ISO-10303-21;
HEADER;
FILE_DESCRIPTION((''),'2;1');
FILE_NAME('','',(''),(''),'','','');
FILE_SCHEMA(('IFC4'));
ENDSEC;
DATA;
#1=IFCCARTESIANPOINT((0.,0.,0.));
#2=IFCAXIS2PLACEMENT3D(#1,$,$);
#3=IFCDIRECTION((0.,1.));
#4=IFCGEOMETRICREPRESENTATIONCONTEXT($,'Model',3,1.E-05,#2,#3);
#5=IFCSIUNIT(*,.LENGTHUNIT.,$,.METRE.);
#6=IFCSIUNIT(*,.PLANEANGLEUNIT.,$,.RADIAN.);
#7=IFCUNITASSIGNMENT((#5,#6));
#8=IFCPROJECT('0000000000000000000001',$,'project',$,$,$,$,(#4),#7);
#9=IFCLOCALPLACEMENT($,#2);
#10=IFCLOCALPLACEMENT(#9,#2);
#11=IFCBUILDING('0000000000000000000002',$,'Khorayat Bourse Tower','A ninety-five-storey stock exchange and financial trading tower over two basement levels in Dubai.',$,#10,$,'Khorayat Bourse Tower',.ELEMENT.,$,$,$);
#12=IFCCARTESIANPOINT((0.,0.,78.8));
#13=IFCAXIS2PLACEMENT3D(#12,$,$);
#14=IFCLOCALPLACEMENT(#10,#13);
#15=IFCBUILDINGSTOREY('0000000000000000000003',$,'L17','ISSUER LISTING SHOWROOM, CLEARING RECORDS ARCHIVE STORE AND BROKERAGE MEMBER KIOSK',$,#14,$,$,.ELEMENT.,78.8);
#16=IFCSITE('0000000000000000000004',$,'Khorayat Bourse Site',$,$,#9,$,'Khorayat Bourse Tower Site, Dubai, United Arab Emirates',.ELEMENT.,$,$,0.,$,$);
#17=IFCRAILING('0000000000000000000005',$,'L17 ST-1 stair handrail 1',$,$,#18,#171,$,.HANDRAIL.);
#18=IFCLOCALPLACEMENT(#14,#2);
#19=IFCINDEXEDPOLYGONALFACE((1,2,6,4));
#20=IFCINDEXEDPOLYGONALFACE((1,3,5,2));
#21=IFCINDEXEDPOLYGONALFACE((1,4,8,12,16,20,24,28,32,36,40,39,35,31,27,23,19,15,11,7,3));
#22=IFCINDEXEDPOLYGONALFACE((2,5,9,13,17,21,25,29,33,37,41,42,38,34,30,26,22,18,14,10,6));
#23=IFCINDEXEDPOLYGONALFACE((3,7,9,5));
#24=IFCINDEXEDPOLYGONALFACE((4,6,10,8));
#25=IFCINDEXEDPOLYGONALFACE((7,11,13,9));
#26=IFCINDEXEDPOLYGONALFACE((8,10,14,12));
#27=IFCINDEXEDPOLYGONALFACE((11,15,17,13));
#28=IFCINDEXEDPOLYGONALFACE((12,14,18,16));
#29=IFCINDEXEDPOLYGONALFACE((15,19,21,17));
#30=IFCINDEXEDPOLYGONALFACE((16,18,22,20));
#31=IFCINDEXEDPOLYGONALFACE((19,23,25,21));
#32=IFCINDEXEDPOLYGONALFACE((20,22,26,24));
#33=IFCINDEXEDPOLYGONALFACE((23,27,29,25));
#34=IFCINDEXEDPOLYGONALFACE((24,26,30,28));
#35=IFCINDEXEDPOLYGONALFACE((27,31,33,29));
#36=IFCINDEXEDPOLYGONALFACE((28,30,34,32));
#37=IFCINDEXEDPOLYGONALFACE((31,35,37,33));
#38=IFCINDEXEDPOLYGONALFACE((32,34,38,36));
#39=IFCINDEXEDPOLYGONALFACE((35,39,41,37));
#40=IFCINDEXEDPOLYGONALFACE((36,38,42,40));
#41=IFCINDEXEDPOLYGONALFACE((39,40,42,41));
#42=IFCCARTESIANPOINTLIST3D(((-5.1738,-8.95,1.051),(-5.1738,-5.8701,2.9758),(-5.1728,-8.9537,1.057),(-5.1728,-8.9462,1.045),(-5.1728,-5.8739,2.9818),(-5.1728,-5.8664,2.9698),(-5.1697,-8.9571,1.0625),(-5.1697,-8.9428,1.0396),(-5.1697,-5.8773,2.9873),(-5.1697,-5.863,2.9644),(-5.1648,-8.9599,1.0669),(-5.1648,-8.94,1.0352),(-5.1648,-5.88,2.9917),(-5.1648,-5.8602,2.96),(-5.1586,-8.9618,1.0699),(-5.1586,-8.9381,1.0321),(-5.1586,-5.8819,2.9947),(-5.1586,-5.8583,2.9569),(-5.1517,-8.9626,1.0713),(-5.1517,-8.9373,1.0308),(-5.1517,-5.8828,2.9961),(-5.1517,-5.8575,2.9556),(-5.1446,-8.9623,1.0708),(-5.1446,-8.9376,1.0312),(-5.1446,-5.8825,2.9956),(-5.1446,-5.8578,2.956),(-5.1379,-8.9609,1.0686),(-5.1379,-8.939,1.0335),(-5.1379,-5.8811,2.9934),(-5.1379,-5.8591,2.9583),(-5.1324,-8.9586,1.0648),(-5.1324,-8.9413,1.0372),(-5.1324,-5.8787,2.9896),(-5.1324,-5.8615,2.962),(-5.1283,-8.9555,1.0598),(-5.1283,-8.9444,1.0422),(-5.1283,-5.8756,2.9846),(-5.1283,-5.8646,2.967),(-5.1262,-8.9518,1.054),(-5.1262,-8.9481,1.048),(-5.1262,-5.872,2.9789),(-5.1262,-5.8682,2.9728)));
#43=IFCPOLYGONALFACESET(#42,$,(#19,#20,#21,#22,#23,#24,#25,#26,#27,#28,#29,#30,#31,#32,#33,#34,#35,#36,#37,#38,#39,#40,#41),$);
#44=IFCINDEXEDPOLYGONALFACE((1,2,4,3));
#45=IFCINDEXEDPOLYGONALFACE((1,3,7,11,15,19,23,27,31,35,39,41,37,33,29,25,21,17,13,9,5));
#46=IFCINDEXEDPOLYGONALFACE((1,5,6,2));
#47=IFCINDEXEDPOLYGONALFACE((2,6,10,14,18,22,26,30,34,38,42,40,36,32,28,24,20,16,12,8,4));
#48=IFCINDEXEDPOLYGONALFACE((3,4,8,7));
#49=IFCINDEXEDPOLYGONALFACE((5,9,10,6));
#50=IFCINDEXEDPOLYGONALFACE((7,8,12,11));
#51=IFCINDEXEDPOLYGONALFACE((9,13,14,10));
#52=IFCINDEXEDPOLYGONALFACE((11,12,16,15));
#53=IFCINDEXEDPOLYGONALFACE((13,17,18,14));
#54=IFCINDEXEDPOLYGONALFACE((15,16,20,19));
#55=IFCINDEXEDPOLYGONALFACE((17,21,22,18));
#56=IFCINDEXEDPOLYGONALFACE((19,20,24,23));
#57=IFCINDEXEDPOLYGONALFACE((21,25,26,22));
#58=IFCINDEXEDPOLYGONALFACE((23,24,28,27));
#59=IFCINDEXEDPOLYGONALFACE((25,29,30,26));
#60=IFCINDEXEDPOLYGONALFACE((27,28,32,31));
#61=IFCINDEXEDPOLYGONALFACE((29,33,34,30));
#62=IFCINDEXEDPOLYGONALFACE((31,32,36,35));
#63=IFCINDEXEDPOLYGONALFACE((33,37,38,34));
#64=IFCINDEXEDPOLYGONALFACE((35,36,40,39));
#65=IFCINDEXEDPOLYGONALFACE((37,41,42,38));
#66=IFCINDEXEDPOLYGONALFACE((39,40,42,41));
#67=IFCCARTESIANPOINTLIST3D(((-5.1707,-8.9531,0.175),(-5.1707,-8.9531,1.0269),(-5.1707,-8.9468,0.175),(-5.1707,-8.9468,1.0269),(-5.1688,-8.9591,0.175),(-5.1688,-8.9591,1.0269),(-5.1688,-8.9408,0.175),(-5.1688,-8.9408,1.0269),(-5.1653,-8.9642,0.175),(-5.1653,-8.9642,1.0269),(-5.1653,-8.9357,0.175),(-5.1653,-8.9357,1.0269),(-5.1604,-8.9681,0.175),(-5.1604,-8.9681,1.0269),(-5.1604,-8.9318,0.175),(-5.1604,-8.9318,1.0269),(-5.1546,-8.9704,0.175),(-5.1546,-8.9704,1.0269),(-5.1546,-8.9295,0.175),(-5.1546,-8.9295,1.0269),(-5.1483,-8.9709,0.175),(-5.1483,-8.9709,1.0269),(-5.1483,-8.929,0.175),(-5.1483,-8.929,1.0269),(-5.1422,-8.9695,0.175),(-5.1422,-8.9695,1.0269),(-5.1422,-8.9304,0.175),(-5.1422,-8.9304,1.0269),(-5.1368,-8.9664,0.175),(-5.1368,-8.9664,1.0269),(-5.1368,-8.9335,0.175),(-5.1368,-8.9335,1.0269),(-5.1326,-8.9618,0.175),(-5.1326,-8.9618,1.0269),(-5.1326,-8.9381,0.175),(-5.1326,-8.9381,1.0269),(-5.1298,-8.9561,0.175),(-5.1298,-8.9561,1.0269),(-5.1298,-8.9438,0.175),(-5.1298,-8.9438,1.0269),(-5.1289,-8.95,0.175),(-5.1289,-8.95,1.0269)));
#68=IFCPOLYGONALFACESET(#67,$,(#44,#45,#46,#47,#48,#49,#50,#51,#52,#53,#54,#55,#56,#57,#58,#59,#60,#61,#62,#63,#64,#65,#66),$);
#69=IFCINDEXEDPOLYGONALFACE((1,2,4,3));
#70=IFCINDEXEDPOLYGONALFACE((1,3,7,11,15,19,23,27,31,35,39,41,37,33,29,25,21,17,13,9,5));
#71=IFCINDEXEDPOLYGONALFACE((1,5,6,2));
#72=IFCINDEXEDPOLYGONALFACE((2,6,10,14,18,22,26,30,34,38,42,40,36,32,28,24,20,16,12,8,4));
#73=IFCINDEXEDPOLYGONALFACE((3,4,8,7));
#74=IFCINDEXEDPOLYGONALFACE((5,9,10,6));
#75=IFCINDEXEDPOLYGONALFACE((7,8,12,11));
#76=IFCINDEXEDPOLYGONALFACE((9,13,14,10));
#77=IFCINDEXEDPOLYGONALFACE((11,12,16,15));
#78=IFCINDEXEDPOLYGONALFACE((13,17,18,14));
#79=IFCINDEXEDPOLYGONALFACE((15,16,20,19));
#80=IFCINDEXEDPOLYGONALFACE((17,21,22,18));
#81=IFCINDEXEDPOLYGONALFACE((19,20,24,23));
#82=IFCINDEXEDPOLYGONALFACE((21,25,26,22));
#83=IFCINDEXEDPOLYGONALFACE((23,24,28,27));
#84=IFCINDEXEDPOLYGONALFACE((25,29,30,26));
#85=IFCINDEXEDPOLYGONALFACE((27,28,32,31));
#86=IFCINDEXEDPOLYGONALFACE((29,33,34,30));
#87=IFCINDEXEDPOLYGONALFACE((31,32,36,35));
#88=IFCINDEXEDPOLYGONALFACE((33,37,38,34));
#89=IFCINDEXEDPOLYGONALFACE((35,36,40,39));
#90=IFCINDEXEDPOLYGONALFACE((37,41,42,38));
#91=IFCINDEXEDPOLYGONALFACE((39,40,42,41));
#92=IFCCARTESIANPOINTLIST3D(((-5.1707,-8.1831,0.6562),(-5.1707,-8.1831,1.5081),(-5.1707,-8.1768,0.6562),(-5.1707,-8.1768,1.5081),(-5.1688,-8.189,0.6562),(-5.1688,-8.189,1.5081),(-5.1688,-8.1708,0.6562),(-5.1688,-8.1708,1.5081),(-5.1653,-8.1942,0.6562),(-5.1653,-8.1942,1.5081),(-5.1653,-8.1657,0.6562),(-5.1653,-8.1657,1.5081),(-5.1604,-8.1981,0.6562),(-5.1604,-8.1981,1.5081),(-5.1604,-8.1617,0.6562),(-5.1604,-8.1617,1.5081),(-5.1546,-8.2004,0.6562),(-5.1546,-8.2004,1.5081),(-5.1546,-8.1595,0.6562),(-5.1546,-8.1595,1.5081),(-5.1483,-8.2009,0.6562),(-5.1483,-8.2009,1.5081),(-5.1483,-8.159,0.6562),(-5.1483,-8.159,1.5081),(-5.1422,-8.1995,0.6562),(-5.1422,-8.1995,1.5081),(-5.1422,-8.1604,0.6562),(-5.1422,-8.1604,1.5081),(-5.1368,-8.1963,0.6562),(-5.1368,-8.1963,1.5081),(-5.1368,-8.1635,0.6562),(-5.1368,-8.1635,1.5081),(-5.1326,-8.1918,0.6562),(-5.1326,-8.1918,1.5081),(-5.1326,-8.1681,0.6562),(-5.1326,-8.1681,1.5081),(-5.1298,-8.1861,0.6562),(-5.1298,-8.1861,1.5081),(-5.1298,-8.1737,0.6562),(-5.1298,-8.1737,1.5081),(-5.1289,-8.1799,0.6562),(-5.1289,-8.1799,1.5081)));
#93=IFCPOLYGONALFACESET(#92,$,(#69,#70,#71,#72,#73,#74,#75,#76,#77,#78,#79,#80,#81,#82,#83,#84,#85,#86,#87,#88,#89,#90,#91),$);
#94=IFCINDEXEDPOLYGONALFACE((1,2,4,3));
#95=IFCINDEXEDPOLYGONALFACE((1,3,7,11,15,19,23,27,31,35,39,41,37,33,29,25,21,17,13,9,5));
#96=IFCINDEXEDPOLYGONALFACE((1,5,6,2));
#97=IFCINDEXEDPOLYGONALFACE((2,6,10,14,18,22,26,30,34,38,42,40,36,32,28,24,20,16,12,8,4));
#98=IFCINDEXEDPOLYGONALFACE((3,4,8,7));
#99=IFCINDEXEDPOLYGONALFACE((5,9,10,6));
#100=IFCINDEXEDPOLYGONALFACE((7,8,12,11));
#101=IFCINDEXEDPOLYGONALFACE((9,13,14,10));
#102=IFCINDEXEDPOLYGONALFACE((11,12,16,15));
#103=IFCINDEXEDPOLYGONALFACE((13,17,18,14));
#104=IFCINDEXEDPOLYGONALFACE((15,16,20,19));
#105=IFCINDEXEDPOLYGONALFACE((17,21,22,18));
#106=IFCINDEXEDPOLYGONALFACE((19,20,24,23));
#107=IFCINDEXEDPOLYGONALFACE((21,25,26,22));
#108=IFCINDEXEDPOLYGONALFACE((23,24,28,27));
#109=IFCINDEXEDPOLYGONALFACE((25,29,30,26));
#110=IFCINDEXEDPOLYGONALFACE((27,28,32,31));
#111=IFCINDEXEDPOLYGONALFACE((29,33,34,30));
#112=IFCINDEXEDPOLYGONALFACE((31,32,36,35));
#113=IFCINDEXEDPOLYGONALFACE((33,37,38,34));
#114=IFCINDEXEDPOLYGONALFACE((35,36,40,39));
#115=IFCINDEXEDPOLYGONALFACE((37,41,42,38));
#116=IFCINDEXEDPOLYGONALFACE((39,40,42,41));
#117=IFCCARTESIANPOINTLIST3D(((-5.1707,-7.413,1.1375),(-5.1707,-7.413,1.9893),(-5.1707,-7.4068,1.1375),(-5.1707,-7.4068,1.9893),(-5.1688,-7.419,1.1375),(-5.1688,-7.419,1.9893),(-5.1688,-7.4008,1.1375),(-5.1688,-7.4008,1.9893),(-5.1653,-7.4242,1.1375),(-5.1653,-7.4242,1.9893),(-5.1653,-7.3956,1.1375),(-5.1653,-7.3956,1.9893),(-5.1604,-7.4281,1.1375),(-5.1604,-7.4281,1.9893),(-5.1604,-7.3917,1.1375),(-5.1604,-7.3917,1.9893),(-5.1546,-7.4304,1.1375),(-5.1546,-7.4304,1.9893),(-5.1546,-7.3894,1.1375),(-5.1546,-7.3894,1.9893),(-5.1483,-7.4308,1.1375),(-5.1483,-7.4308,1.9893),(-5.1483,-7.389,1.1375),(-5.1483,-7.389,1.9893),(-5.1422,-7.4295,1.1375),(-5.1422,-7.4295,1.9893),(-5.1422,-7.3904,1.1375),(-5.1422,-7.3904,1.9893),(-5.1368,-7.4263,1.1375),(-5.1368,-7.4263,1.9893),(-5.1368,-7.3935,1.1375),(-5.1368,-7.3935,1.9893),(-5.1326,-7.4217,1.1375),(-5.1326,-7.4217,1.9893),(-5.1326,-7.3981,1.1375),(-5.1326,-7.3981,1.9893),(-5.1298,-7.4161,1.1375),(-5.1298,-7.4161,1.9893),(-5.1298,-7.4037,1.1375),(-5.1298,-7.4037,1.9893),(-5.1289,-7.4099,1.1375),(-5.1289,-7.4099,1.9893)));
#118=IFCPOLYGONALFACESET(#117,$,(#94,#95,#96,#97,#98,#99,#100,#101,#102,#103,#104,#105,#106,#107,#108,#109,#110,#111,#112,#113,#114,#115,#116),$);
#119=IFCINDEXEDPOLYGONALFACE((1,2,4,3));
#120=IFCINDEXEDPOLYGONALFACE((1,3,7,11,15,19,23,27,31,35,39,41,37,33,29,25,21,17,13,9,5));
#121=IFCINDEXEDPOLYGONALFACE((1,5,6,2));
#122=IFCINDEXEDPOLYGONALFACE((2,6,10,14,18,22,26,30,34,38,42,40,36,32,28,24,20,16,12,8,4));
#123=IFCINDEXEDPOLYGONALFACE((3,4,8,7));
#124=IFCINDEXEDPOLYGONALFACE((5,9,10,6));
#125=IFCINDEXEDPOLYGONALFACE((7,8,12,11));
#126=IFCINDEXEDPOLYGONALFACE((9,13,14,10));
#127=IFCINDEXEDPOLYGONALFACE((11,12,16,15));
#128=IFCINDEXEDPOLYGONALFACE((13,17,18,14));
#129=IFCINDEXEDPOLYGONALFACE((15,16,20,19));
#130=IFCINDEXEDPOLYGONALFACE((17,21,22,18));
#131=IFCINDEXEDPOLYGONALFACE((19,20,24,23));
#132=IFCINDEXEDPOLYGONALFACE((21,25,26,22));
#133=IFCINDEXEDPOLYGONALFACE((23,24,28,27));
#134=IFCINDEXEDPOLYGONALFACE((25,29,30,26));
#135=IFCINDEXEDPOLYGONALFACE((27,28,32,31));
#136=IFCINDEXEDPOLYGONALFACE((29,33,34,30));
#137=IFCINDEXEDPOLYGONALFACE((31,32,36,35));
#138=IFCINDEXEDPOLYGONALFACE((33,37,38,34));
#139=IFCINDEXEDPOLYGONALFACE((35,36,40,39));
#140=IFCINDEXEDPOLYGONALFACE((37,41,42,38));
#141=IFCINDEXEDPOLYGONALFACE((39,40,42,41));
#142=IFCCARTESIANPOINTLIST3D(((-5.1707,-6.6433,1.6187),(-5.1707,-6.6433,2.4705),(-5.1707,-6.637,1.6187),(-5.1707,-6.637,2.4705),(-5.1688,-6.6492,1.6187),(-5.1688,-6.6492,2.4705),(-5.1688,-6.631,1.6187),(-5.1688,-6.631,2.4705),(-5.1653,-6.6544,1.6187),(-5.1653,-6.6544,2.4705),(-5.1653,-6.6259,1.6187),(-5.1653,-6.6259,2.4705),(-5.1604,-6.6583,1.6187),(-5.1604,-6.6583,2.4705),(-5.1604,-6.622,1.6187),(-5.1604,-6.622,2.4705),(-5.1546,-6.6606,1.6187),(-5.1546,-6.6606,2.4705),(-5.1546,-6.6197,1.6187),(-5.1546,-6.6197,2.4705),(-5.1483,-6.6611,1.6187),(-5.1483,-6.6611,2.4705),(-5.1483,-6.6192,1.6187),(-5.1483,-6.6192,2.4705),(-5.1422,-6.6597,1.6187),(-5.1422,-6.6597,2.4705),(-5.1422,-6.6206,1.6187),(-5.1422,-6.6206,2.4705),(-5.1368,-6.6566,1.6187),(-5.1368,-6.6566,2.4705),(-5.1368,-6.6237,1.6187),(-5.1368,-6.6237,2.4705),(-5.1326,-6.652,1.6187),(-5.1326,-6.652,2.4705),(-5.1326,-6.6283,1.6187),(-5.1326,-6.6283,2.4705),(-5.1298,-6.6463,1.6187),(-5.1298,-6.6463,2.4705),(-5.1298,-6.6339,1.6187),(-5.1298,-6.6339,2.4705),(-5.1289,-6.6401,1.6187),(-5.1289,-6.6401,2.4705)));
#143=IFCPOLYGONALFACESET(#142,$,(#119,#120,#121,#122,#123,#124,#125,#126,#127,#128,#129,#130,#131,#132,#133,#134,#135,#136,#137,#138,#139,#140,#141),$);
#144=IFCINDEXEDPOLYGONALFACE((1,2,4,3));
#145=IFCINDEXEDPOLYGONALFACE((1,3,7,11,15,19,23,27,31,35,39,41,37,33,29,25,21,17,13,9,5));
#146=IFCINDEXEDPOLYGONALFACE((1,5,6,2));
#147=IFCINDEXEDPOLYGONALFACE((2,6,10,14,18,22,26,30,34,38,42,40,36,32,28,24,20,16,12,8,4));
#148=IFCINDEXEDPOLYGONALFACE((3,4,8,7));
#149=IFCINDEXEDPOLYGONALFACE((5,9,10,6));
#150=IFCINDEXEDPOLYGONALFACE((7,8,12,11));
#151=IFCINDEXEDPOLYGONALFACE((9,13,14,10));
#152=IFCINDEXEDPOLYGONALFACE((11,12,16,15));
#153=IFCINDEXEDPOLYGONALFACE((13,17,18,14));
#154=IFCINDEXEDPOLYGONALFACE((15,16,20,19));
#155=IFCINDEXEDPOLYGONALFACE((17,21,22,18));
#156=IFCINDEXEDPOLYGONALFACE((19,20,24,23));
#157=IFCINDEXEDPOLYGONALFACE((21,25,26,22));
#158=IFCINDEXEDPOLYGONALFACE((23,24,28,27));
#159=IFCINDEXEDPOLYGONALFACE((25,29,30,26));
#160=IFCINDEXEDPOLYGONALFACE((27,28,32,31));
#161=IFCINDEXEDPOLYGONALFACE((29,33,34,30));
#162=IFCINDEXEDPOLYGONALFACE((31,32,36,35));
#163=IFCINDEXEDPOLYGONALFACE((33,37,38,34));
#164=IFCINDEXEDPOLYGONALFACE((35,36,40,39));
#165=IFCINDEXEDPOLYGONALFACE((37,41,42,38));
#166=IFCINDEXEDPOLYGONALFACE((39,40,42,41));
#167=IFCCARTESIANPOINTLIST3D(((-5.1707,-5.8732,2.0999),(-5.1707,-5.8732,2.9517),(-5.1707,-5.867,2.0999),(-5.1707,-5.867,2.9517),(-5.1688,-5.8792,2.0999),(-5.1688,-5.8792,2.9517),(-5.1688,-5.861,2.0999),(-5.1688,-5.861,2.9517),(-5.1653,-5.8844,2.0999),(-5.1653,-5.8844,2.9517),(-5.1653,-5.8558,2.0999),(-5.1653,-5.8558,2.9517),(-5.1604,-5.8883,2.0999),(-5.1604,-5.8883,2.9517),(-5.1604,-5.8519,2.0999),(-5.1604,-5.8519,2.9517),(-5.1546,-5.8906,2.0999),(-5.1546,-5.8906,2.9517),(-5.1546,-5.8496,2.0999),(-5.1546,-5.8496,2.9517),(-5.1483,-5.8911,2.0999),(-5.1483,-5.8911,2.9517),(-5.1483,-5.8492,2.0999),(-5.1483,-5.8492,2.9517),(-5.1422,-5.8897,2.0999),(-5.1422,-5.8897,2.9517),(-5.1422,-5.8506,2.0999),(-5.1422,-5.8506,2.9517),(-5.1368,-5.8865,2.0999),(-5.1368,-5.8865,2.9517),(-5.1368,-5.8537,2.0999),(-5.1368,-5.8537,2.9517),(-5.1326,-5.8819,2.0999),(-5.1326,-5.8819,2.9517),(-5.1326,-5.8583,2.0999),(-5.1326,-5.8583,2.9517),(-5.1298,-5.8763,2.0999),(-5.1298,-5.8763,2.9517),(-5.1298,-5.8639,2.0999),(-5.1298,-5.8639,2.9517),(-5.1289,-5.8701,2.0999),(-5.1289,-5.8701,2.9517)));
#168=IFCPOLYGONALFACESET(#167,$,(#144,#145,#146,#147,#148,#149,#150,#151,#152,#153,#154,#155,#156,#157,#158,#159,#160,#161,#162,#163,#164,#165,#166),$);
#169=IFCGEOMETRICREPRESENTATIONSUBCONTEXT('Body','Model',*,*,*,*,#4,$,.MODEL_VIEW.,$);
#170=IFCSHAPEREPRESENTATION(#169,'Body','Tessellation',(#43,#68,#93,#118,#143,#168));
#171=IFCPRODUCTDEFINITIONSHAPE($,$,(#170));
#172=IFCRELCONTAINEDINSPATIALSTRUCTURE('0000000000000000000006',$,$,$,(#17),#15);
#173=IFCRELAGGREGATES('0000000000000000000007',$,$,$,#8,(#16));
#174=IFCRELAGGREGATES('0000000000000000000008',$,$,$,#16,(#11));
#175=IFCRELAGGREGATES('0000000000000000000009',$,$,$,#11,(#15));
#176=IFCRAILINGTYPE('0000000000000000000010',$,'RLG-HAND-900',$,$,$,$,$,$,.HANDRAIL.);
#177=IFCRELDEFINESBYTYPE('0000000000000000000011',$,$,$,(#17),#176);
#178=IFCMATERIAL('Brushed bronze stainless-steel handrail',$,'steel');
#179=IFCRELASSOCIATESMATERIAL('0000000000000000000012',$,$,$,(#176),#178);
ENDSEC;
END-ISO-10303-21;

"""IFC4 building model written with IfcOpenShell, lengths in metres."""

from ifc_helpers import new_model, si_unit, direction, frame, origin, origin_2d, place, context, subcontext, project, spatial, circle, extrude, source, transform, mapped, material, type_object, element, save


model = new_model("IFC4")

# Units and contexts
model_context = context("Model", 3, precision=1e-05, world=origin(), true_north=direction((0.0, 1.0)))
body_context = subcontext(model_context, "Body", "Model", "MODEL_VIEW")
ifc_project = project(units=[si_unit("LENGTHUNIT", "METRE"), si_unit("PLANEANGLEUNIT", "RADIAN")], contexts=[model_context])

# Site, building, storey
site_placement = place(None, origin())
site = spatial("IfcSite", under=ifc_project, at=site_placement, Name="Khorayat Bourse Site", LongName="Khorayat Bourse Tower Site, Dubai, United Arab Emirates", CompositionType="ELEMENT", RefElevation=0.0)
building_placement = place(site_placement, origin())
building = spatial("IfcBuilding", under=site, at=building_placement, Name="Khorayat Bourse Tower", Description="A ninety-five-storey stock exchange and financial trading tower over two basement levels in Dubai.", LongName="Khorayat Bourse Tower", CompositionType="ELEMENT")
storey_placement = place(building_placement, frame((0.0, 0.0, 78.8)))
storey = spatial("IfcBuildingStorey", under=building, at=storey_placement, Name="L17", Description="ISSUER LISTING SHOWROOM, CLEARING RECORDS ARCHIVE STORE AND BROKERAGE MEMBER KIOSK", CompositionType="ELEMENT", Elevation=78.8)

# Railing
ifc_material_1 = material(Name="Brushed bronze stainless-steel handrail", Category="steel")
railing_type_1 = type_object("IfcRailingType", Name="RLG-HAND-900", PredefinedType="HANDRAIL", material=ifc_material_1)
shared_shape_1 = source(origin(), body_context, "Body", "SweptSolid", [
    extrude(circle(Radius=0.0239, at=origin_2d()), frame((0.0, 0.0, 0.876), z_axis=(0.0, 0.84801, 0.529981), x_axis=(-1.0, 0.0, 0.0)), (0.0, 0.0, 1.0), 3.6318),
    extrude(circle(Radius=0.021, at=origin_2d()), origin(), (0.0, 0.0, 1.0), 0.8518),
    extrude(circle(Radius=0.021, at=origin_2d()), frame((0.0, 0.77, 0.4812)), (0.0, 0.0, 1.0), 0.8518),
    extrude(circle(Radius=0.021, at=origin_2d()), frame((0.0, 1.54, 0.9624)), (0.0, 0.0, 1.0), 0.8518),
    extrude(circle(Radius=0.021, at=origin_2d()), frame((0.0, 2.3098, 1.4436)), (0.0, 0.0, 1.0), 0.8518),
    extrude(circle(Radius=0.021, at=origin_2d()), frame((0.0, 3.0798, 1.9248)), (0.0, 0.0, 1.0), 0.8518),
])
railing_1_placement = place(storey_placement, frame((-5.1499, -8.95, 0.175)))
element("IfcRailing", 1, at=railing_1_placement, inside=storey, type_object=railing_type_1, Name="L17 ST-1 stair handrail 1", PredefinedType="HANDRAIL", context=body_context, shape_type="MappedRepresentation", body=[
    mapped(shared_shape_1, transform((0.0, 0.0, 0.0), scale=1.0)),
])

save(model, "model.ifc")
